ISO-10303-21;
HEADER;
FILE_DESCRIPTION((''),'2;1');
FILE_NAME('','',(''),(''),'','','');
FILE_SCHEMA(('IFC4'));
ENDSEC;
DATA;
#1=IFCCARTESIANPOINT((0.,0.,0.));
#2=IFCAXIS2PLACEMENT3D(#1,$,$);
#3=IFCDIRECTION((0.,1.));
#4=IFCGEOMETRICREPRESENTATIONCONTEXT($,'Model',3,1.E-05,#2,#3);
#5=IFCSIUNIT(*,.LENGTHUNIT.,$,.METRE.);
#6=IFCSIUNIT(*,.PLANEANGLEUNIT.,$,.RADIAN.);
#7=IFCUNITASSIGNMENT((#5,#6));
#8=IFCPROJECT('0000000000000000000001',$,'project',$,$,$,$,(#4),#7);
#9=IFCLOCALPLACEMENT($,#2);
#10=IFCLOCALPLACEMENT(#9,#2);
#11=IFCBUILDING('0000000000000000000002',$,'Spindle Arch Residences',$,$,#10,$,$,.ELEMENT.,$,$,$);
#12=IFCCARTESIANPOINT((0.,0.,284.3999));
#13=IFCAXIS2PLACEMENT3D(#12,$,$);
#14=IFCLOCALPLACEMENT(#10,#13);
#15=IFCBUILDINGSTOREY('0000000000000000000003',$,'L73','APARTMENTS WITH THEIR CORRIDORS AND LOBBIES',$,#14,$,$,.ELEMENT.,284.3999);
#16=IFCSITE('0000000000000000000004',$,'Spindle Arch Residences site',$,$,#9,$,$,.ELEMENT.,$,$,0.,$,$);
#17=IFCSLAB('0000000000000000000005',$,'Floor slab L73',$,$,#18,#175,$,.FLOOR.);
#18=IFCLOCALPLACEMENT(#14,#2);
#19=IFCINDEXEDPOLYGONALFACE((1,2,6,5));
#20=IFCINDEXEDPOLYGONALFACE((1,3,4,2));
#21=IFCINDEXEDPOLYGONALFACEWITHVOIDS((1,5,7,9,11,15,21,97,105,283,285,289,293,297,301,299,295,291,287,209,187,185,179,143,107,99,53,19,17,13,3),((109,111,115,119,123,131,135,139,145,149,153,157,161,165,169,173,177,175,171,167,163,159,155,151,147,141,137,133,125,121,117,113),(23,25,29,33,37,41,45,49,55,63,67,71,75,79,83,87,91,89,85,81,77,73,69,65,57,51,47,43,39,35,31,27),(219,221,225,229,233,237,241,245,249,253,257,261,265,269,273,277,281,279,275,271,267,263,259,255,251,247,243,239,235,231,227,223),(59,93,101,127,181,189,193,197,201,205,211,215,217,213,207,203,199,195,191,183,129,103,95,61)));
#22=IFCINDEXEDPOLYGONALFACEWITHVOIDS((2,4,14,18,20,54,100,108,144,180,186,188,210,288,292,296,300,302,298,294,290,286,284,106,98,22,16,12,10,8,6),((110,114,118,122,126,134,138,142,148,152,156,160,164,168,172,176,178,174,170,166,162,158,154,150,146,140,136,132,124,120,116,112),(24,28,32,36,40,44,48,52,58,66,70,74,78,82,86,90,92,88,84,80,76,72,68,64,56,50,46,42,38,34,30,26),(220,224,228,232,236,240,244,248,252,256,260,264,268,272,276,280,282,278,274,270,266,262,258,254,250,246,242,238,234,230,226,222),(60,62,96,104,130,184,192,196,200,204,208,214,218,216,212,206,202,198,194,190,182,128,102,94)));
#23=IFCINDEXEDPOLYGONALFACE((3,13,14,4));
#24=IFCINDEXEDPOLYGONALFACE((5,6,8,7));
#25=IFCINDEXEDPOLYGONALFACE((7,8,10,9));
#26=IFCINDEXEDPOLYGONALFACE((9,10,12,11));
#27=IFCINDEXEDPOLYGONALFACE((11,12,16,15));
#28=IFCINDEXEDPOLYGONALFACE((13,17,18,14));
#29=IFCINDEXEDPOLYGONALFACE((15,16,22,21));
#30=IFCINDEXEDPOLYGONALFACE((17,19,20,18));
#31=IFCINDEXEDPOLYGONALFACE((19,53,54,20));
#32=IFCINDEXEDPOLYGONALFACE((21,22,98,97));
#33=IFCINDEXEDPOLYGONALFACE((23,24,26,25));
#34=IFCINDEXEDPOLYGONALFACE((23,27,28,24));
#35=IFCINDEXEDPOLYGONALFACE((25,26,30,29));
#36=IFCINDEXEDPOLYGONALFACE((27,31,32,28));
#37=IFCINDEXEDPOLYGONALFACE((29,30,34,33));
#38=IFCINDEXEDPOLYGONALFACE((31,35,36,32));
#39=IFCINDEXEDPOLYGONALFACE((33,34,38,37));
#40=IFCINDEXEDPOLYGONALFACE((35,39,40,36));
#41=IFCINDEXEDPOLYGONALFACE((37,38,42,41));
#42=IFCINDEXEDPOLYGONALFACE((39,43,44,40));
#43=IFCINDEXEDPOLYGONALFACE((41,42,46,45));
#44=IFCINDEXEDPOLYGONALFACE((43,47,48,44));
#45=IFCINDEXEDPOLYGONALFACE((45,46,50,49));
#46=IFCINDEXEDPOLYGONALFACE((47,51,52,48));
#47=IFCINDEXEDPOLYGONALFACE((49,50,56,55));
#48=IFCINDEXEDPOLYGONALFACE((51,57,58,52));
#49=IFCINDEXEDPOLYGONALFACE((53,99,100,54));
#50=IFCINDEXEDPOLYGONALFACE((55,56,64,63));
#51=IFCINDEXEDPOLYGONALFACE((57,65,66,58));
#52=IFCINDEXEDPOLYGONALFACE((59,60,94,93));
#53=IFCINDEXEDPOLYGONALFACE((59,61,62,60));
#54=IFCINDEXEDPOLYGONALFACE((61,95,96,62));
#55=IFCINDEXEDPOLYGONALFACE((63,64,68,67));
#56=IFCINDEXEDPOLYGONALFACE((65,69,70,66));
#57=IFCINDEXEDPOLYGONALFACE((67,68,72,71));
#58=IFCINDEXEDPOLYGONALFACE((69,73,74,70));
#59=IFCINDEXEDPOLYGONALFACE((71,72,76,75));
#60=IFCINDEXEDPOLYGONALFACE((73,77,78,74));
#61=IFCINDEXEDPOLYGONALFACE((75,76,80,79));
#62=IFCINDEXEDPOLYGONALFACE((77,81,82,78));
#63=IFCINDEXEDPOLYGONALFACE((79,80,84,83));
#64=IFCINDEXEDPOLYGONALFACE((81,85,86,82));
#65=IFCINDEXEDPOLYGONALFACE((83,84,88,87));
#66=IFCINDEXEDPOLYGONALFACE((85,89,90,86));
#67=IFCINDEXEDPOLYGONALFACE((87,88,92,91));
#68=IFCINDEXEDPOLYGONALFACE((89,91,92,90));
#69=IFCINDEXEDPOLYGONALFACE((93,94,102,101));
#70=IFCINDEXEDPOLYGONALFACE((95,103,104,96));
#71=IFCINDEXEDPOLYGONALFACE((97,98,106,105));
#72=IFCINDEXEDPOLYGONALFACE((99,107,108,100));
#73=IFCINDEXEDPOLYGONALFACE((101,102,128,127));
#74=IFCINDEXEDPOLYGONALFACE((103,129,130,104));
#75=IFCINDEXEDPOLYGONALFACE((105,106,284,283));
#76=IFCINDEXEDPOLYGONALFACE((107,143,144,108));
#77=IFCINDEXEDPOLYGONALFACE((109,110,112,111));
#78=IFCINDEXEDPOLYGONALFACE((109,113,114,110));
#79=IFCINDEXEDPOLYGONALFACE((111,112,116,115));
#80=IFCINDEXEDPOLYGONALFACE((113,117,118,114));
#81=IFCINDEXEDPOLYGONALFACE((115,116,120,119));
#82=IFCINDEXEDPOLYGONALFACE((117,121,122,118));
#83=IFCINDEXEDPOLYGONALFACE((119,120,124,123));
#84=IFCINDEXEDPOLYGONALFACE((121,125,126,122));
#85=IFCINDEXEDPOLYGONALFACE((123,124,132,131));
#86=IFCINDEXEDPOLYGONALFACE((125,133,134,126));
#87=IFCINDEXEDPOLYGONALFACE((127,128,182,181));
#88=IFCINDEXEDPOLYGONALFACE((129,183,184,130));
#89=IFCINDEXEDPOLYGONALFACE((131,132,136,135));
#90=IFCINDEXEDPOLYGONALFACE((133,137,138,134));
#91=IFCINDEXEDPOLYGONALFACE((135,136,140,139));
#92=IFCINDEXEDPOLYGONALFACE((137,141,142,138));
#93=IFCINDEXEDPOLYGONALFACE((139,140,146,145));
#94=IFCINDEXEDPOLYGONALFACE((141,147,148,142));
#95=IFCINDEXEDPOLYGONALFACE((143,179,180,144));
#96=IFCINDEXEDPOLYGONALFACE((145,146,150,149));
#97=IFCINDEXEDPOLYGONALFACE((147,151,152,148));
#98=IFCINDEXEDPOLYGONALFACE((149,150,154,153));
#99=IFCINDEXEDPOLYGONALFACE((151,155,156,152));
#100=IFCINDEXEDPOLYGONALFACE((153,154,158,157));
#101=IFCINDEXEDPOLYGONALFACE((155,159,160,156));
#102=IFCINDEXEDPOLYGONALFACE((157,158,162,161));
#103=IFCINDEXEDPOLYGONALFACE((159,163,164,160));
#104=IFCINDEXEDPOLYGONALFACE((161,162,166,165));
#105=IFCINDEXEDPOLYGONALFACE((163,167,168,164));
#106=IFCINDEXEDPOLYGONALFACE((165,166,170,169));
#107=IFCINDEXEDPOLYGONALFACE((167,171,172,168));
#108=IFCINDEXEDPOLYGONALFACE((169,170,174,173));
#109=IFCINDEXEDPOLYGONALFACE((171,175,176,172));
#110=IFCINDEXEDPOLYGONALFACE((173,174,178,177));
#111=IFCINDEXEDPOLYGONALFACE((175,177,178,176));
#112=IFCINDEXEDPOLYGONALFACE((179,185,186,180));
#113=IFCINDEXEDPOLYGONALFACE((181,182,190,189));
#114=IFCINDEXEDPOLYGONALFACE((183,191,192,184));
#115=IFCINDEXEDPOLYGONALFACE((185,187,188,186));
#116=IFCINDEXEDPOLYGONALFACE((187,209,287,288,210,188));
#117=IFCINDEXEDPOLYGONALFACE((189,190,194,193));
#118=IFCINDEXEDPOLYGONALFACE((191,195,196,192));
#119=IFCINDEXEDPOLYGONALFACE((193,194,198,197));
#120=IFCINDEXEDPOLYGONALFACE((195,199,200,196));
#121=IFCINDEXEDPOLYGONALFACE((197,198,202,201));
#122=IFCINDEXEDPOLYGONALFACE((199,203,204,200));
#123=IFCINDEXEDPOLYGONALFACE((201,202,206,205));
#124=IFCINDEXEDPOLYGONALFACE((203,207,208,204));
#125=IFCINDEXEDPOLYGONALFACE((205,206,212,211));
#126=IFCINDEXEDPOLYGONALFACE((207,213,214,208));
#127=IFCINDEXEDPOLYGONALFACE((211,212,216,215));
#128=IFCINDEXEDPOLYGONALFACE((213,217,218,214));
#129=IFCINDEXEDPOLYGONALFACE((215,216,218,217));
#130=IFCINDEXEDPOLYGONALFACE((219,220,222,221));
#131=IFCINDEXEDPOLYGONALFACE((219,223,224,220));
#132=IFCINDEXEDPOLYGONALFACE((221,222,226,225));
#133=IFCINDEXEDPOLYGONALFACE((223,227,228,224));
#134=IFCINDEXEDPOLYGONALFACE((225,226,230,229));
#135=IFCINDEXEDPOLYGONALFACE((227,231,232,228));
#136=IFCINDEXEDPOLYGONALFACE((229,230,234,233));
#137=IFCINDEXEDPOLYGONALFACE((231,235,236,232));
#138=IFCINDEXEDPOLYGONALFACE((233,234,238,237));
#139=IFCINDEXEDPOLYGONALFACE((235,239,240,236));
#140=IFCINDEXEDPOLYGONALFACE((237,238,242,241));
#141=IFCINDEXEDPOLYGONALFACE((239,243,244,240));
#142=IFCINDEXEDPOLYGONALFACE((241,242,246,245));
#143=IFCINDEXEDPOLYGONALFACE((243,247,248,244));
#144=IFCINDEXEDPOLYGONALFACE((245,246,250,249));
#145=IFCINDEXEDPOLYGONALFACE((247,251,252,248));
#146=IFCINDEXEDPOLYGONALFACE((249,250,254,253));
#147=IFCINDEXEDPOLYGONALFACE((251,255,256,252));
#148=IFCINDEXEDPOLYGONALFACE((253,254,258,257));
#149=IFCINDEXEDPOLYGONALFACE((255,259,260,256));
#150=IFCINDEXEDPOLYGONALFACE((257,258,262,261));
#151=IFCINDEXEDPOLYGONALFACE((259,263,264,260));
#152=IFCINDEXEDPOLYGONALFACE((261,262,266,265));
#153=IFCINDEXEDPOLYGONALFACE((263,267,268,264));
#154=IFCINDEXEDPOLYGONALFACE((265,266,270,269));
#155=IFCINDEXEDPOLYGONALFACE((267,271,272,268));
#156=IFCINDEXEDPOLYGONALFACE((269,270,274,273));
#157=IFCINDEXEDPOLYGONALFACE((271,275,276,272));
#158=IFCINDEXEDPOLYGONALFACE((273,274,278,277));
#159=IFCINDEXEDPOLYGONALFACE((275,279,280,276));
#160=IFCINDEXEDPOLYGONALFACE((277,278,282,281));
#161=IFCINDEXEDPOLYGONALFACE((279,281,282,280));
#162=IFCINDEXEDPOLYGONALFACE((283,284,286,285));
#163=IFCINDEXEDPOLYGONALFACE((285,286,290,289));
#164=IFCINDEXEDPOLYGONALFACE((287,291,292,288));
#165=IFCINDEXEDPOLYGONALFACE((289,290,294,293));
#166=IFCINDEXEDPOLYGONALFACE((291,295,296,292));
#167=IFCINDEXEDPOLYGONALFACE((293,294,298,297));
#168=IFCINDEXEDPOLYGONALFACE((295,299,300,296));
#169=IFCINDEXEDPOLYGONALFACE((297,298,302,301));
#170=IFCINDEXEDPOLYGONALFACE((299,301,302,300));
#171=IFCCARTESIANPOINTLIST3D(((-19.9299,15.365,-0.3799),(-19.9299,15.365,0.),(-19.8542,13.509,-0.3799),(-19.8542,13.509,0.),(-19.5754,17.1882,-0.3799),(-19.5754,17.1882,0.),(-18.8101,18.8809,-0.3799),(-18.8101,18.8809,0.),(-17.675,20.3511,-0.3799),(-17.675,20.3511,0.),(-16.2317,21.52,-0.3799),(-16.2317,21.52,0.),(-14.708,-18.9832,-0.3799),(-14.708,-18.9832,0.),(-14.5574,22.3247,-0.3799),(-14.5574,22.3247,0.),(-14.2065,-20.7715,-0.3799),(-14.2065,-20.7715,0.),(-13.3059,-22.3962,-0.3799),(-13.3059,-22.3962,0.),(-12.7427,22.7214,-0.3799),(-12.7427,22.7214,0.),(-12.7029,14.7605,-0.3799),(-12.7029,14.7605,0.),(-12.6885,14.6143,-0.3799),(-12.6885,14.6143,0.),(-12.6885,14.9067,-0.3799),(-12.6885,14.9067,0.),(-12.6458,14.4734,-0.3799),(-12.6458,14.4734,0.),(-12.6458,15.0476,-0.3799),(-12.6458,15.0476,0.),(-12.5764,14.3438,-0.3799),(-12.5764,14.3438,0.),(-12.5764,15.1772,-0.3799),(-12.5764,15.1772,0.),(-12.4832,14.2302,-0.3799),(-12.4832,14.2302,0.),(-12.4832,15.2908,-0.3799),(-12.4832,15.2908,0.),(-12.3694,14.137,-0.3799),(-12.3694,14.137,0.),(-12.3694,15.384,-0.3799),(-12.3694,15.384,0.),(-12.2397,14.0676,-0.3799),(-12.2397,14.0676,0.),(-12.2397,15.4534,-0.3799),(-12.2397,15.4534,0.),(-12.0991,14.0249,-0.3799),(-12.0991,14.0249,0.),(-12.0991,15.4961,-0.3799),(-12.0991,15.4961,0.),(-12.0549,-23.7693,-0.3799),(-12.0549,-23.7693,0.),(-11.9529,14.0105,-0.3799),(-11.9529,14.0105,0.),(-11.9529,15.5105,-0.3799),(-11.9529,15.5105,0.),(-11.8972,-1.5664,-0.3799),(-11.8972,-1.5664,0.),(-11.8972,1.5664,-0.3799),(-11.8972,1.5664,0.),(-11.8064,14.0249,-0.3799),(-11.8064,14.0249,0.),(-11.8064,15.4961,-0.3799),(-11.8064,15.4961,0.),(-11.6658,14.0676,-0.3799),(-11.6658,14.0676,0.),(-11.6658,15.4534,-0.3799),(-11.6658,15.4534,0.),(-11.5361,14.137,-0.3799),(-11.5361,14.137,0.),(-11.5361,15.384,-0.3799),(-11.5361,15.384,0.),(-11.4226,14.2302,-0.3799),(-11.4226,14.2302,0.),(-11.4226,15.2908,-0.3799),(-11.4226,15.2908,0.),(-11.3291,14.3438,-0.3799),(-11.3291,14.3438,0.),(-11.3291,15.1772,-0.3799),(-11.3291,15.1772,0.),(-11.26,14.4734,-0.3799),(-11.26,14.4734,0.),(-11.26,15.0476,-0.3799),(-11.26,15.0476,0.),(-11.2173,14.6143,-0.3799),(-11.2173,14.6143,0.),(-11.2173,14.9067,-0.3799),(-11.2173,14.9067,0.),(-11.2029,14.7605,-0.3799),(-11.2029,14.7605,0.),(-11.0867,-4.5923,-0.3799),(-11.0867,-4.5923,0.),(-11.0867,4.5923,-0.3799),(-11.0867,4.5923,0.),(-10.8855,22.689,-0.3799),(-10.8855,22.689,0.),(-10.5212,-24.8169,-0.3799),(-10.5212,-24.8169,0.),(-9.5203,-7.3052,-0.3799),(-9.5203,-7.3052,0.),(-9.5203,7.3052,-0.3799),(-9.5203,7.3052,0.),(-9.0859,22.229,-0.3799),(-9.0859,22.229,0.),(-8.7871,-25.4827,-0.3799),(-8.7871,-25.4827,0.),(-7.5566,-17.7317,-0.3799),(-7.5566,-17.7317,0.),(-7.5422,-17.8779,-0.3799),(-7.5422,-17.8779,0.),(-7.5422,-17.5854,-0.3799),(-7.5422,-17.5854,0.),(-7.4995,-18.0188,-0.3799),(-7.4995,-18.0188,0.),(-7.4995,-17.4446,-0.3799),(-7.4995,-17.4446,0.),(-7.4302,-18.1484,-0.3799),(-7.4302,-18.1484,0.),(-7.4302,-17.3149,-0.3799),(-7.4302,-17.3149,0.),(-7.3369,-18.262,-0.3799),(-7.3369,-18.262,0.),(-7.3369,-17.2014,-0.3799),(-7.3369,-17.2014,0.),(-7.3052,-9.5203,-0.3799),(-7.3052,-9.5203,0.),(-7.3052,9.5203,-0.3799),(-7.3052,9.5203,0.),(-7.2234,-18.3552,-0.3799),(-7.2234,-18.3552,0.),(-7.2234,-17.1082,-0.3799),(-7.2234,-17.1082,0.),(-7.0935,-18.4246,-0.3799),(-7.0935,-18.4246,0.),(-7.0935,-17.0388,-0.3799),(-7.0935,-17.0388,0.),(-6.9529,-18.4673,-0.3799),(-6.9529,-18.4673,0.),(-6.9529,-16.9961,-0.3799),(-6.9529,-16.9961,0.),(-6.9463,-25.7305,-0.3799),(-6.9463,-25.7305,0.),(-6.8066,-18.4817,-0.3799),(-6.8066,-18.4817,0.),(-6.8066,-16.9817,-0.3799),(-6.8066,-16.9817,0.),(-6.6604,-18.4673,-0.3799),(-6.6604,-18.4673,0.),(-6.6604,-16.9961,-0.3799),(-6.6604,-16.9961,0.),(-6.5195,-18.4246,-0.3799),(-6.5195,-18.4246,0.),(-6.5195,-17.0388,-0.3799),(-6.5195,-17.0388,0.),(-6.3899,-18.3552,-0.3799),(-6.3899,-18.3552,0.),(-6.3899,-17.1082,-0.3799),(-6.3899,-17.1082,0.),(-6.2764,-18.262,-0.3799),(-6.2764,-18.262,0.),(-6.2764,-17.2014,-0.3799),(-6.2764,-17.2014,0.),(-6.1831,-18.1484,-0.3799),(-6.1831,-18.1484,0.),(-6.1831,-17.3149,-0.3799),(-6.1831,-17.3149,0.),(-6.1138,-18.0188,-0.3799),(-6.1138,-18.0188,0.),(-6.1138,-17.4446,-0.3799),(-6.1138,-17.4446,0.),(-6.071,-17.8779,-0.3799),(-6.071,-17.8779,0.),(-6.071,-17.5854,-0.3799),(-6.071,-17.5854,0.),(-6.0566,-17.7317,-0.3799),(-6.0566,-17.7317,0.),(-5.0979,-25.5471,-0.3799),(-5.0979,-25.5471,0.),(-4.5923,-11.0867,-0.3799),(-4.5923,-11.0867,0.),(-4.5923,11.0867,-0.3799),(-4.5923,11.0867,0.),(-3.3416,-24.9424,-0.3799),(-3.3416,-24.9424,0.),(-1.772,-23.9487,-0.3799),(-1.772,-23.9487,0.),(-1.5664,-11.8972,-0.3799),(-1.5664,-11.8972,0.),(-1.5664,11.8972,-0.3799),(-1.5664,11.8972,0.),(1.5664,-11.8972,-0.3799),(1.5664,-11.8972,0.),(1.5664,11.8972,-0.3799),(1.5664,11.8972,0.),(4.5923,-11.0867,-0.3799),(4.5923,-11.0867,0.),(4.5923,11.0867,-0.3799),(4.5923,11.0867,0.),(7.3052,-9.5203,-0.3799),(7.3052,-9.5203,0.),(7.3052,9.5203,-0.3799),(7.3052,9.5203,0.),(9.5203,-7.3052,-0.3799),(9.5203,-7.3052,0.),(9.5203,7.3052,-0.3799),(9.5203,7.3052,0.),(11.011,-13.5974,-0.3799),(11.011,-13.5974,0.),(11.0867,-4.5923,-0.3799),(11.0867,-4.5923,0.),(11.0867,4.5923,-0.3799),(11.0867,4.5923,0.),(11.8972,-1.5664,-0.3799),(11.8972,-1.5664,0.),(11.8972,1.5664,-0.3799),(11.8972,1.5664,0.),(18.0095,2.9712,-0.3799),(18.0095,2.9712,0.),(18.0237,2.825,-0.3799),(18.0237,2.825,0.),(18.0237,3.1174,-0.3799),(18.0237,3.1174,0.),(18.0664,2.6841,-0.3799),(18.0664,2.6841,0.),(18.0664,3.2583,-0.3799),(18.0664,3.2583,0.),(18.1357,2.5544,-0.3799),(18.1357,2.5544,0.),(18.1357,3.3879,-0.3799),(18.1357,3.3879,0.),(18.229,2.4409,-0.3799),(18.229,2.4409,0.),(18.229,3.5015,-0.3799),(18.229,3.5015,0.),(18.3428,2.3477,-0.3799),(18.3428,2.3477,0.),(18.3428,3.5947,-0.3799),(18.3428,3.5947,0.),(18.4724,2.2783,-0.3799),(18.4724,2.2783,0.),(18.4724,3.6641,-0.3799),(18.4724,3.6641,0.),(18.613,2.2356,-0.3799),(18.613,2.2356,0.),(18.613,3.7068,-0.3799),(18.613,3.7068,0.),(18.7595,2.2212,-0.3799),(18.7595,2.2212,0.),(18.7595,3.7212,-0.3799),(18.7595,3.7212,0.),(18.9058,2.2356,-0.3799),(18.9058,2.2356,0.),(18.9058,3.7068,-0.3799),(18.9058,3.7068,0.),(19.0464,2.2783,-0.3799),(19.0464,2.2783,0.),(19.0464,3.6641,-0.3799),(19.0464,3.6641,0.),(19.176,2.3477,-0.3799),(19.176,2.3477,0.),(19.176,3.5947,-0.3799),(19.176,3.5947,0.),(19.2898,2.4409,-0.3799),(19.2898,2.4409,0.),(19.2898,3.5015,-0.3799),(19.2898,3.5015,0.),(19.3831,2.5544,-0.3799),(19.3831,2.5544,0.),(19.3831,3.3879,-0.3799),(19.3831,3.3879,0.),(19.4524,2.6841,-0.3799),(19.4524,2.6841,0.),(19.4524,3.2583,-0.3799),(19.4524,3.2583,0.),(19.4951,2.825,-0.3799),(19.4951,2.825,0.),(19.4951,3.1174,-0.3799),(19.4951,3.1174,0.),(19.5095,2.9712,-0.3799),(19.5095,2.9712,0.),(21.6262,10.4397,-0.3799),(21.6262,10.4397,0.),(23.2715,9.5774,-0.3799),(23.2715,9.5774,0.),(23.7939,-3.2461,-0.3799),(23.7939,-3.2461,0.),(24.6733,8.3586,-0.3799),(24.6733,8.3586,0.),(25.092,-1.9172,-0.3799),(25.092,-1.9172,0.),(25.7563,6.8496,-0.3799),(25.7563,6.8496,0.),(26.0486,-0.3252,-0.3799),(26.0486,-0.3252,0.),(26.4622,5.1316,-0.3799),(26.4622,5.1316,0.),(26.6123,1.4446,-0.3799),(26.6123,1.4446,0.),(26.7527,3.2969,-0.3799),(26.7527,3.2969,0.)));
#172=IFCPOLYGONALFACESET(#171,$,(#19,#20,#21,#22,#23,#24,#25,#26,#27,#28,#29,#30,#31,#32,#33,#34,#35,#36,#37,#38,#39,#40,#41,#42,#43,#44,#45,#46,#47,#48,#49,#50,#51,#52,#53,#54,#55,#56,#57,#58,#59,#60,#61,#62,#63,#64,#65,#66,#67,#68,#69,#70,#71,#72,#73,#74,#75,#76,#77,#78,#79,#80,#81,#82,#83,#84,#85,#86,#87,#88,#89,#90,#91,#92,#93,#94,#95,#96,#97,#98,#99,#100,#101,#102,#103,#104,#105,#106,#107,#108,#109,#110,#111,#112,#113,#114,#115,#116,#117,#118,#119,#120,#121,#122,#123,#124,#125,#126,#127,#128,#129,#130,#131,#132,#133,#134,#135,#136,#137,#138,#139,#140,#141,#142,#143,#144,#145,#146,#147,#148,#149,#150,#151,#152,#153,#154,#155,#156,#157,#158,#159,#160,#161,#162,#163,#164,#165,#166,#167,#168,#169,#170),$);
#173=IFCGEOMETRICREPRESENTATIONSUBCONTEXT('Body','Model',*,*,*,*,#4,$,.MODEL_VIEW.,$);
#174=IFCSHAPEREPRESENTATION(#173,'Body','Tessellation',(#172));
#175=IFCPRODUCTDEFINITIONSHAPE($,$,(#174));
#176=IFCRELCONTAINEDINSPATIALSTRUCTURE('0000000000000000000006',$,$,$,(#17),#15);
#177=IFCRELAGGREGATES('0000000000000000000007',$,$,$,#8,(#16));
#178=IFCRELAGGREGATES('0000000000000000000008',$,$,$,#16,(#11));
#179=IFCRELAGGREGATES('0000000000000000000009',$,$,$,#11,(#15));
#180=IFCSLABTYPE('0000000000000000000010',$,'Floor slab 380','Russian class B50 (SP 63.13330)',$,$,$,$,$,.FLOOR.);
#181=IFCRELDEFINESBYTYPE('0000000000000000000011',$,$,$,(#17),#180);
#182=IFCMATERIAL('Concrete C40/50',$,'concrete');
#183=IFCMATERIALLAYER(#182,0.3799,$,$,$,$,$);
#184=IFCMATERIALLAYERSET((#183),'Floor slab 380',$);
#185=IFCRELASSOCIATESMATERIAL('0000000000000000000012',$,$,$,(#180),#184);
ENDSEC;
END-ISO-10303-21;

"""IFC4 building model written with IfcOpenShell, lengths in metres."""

from ifc_helpers import new_model, si_unit, direction, frame, origin, place, context, subcontext, project, spatial, polyline, outline, extrude, material, layer, layer_set, type_object, element, save


model = new_model("IFC4")

# Units and contexts
model_context = context("Model", 3, precision=1e-05, world=origin(), true_north=direction((0.0, 1.0)))
body_context = subcontext(model_context, "Body", "Model", "MODEL_VIEW")
ifc_project = project(units=[si_unit("LENGTHUNIT", "METRE"), si_unit("PLANEANGLEUNIT", "RADIAN")], contexts=[model_context])

# Site, building, storey
site_placement = place(None, origin())
site = spatial("IfcSite", under=ifc_project, at=site_placement, Name="Spindle Arch Residences site", CompositionType="ELEMENT", RefElevation=0.0)
building_placement = place(site_placement, origin())
building = spatial("IfcBuilding", under=site, at=building_placement, Name="Spindle Arch Residences", CompositionType="ELEMENT")
storey_placement = place(building_placement, frame((0.0, 0.0, 284.3999)))
storey = spatial("IfcBuildingStorey", under=building, at=storey_placement, Name="L73", Description="APARTMENTS WITH THEIR CORRIDORS AND LOBBIES", CompositionType="ELEMENT", Elevation=284.3999)

# Slab
ifc_material_1 = material(Name="Concrete C40/50", Category="concrete")
ifc_layer_1 = layer(ifc_material_1, 0.3799)
ifc_layer_set_1 = layer_set([ifc_layer_1], Name="Floor slab 380")
slab_type_1 = type_object("IfcSlabType", Name="Floor slab 380", Description="Russian class B50 (SP 63.13330)", PredefinedType="FLOOR", material=ifc_layer_set_1)
slab_1_placement = place(storey_placement, frame((0.0, 0.0, -0.3799)))
element("IfcSlab", 1, at=slab_1_placement, inside=storey, type_object=slab_type_1, Name="Floor slab L73", PredefinedType="FLOOR", context=body_context, shape_type="SweptSolid", body=[
    extrude(outline(polyline([(-3.3416, -24.9424), (-5.0979, -25.5471), (-6.9463, -25.7305), (-8.7871, -25.4827), (-10.5212, -24.8169), (-12.0549, -23.7693), (-13.3059, -22.3962), (-14.2065, -20.7715), (-14.708, -18.9832), (-19.8542, 13.509), (-19.9299, 15.365), (-19.5754, 17.1882), (-18.8101, 18.8809), (-17.675, 20.3511), (-16.2317, 21.52), (-14.5574, 22.3247), (-12.7427, 22.7214), (-10.8855, 22.689), (-9.0859, 22.229), (21.6262, 10.4397), (23.2715, 9.5774), (24.6733, 8.3586), (25.7563, 6.8496), (26.4622, 5.1316), (26.7527, 3.2969), (26.6123, 1.4446), (26.0486, -0.3252), (25.092, -1.9172), (23.7939, -3.2461), (11.011, -13.5974), (-1.772, -23.9487), (-3.3416, -24.9424)]), holes=[polyline([(7.3052, -9.5203), (9.5203, -7.3052), (11.0867, -4.5923), (11.8972, -1.5664), (11.8972, 1.5664), (11.0867, 4.5923), (9.5203, 7.3052), (7.3052, 9.5203), (4.5923, 11.0867), (1.5664, 11.8972), (-1.5664, 11.8972), (-4.5923, 11.0867), (-7.3052, 9.5203), (-9.5203, 7.3052), (-11.0867, 4.5923), (-11.8972, 1.5664), (-11.8972, -1.5664), (-11.0867, -4.5923), (-9.5203, -7.3052), (-7.3052, -9.5203), (-4.5923, -11.0867), (-1.5664, -11.8972), (1.5664, -11.8972), (4.5923, -11.0867), (7.3052, -9.5203)]), polyline([(-6.2764, -18.262), (-6.1831, -18.1484), (-6.1138, -18.0188), (-6.071, -17.8779), (-6.0566, -17.7317), (-6.071, -17.5854), (-6.1138, -17.4446), (-6.1831, -17.3149), (-6.2764, -17.2014), (-6.3899, -17.1082), (-6.5195, -17.0388), (-6.6604, -16.9961), (-6.8066, -16.9817), (-6.9529, -16.9961), (-7.0935, -17.0388), (-7.2234, -17.1082), (-7.3369, -17.2014), (-7.4302, -17.3149), (-7.4995, -17.4446), (-7.5422, -17.5854), (-7.5566, -17.7317), (-7.5422, -17.8779), (-7.4995, -18.0188), (-7.4302, -18.1484), (-7.3369, -18.262), (-7.2234, -18.3552), (-7.0935, -18.4246), (-6.9529, -18.4673), (-6.8066, -18.4817), (-6.6604, -18.4673), (-6.5195, -18.4246), (-6.3899, -18.3552), (-6.2764, -18.262)]), polyline([(-11.3291, 14.3438), (-11.26, 14.4734), (-11.2173, 14.6143), (-11.2029, 14.7605), (-11.2173, 14.9067), (-11.26, 15.0476), (-11.3291, 15.1772), (-11.4226, 15.2908), (-11.5361, 15.384), (-11.6658, 15.4534), (-11.8064, 15.4961), (-11.9529, 15.5105), (-12.0991, 15.4961), (-12.2397, 15.4534), (-12.3694, 15.384), (-12.4832, 15.2908), (-12.5764, 15.1772), (-12.6458, 15.0476), (-12.6885, 14.9067), (-12.7029, 14.7605), (-12.6885, 14.6143), (-12.6458, 14.4734), (-12.5764, 14.3438), (-12.4832, 14.2302), (-12.3694, 14.137), (-12.2397, 14.0676), (-12.0991, 14.0249), (-11.9529, 14.0105), (-11.8064, 14.0249), (-11.6658, 14.0676), (-11.5361, 14.137), (-11.4226, 14.2302), (-11.3291, 14.3438)]), polyline([(19.3831, 2.5544), (19.4524, 2.6841), (19.4951, 2.825), (19.5095, 2.9712), (19.4951, 3.1174), (19.4524, 3.2583), (19.3831, 3.3879), (19.2898, 3.5015), (19.176, 3.5947), (19.0464, 3.6641), (18.9058, 3.7068), (18.7595, 3.7212), (18.613, 3.7068), (18.4724, 3.6641), (18.3428, 3.5947), (18.229, 3.5015), (18.1357, 3.3879), (18.0664, 3.2583), (18.0237, 3.1174), (18.0095, 2.9712), (18.0237, 2.825), (18.0664, 2.6841), (18.1357, 2.5544), (18.229, 2.4409), (18.3428, 2.3477), (18.4724, 2.2783), (18.613, 2.2356), (18.7595, 2.2212), (18.9058, 2.2356), (19.0464, 2.2783), (19.176, 2.3477), (19.2898, 2.4409), (19.3831, 2.5544)])]), origin(), (0.0, 0.0, 1.0), 0.3799),
])

save(model, "model.ifc")
